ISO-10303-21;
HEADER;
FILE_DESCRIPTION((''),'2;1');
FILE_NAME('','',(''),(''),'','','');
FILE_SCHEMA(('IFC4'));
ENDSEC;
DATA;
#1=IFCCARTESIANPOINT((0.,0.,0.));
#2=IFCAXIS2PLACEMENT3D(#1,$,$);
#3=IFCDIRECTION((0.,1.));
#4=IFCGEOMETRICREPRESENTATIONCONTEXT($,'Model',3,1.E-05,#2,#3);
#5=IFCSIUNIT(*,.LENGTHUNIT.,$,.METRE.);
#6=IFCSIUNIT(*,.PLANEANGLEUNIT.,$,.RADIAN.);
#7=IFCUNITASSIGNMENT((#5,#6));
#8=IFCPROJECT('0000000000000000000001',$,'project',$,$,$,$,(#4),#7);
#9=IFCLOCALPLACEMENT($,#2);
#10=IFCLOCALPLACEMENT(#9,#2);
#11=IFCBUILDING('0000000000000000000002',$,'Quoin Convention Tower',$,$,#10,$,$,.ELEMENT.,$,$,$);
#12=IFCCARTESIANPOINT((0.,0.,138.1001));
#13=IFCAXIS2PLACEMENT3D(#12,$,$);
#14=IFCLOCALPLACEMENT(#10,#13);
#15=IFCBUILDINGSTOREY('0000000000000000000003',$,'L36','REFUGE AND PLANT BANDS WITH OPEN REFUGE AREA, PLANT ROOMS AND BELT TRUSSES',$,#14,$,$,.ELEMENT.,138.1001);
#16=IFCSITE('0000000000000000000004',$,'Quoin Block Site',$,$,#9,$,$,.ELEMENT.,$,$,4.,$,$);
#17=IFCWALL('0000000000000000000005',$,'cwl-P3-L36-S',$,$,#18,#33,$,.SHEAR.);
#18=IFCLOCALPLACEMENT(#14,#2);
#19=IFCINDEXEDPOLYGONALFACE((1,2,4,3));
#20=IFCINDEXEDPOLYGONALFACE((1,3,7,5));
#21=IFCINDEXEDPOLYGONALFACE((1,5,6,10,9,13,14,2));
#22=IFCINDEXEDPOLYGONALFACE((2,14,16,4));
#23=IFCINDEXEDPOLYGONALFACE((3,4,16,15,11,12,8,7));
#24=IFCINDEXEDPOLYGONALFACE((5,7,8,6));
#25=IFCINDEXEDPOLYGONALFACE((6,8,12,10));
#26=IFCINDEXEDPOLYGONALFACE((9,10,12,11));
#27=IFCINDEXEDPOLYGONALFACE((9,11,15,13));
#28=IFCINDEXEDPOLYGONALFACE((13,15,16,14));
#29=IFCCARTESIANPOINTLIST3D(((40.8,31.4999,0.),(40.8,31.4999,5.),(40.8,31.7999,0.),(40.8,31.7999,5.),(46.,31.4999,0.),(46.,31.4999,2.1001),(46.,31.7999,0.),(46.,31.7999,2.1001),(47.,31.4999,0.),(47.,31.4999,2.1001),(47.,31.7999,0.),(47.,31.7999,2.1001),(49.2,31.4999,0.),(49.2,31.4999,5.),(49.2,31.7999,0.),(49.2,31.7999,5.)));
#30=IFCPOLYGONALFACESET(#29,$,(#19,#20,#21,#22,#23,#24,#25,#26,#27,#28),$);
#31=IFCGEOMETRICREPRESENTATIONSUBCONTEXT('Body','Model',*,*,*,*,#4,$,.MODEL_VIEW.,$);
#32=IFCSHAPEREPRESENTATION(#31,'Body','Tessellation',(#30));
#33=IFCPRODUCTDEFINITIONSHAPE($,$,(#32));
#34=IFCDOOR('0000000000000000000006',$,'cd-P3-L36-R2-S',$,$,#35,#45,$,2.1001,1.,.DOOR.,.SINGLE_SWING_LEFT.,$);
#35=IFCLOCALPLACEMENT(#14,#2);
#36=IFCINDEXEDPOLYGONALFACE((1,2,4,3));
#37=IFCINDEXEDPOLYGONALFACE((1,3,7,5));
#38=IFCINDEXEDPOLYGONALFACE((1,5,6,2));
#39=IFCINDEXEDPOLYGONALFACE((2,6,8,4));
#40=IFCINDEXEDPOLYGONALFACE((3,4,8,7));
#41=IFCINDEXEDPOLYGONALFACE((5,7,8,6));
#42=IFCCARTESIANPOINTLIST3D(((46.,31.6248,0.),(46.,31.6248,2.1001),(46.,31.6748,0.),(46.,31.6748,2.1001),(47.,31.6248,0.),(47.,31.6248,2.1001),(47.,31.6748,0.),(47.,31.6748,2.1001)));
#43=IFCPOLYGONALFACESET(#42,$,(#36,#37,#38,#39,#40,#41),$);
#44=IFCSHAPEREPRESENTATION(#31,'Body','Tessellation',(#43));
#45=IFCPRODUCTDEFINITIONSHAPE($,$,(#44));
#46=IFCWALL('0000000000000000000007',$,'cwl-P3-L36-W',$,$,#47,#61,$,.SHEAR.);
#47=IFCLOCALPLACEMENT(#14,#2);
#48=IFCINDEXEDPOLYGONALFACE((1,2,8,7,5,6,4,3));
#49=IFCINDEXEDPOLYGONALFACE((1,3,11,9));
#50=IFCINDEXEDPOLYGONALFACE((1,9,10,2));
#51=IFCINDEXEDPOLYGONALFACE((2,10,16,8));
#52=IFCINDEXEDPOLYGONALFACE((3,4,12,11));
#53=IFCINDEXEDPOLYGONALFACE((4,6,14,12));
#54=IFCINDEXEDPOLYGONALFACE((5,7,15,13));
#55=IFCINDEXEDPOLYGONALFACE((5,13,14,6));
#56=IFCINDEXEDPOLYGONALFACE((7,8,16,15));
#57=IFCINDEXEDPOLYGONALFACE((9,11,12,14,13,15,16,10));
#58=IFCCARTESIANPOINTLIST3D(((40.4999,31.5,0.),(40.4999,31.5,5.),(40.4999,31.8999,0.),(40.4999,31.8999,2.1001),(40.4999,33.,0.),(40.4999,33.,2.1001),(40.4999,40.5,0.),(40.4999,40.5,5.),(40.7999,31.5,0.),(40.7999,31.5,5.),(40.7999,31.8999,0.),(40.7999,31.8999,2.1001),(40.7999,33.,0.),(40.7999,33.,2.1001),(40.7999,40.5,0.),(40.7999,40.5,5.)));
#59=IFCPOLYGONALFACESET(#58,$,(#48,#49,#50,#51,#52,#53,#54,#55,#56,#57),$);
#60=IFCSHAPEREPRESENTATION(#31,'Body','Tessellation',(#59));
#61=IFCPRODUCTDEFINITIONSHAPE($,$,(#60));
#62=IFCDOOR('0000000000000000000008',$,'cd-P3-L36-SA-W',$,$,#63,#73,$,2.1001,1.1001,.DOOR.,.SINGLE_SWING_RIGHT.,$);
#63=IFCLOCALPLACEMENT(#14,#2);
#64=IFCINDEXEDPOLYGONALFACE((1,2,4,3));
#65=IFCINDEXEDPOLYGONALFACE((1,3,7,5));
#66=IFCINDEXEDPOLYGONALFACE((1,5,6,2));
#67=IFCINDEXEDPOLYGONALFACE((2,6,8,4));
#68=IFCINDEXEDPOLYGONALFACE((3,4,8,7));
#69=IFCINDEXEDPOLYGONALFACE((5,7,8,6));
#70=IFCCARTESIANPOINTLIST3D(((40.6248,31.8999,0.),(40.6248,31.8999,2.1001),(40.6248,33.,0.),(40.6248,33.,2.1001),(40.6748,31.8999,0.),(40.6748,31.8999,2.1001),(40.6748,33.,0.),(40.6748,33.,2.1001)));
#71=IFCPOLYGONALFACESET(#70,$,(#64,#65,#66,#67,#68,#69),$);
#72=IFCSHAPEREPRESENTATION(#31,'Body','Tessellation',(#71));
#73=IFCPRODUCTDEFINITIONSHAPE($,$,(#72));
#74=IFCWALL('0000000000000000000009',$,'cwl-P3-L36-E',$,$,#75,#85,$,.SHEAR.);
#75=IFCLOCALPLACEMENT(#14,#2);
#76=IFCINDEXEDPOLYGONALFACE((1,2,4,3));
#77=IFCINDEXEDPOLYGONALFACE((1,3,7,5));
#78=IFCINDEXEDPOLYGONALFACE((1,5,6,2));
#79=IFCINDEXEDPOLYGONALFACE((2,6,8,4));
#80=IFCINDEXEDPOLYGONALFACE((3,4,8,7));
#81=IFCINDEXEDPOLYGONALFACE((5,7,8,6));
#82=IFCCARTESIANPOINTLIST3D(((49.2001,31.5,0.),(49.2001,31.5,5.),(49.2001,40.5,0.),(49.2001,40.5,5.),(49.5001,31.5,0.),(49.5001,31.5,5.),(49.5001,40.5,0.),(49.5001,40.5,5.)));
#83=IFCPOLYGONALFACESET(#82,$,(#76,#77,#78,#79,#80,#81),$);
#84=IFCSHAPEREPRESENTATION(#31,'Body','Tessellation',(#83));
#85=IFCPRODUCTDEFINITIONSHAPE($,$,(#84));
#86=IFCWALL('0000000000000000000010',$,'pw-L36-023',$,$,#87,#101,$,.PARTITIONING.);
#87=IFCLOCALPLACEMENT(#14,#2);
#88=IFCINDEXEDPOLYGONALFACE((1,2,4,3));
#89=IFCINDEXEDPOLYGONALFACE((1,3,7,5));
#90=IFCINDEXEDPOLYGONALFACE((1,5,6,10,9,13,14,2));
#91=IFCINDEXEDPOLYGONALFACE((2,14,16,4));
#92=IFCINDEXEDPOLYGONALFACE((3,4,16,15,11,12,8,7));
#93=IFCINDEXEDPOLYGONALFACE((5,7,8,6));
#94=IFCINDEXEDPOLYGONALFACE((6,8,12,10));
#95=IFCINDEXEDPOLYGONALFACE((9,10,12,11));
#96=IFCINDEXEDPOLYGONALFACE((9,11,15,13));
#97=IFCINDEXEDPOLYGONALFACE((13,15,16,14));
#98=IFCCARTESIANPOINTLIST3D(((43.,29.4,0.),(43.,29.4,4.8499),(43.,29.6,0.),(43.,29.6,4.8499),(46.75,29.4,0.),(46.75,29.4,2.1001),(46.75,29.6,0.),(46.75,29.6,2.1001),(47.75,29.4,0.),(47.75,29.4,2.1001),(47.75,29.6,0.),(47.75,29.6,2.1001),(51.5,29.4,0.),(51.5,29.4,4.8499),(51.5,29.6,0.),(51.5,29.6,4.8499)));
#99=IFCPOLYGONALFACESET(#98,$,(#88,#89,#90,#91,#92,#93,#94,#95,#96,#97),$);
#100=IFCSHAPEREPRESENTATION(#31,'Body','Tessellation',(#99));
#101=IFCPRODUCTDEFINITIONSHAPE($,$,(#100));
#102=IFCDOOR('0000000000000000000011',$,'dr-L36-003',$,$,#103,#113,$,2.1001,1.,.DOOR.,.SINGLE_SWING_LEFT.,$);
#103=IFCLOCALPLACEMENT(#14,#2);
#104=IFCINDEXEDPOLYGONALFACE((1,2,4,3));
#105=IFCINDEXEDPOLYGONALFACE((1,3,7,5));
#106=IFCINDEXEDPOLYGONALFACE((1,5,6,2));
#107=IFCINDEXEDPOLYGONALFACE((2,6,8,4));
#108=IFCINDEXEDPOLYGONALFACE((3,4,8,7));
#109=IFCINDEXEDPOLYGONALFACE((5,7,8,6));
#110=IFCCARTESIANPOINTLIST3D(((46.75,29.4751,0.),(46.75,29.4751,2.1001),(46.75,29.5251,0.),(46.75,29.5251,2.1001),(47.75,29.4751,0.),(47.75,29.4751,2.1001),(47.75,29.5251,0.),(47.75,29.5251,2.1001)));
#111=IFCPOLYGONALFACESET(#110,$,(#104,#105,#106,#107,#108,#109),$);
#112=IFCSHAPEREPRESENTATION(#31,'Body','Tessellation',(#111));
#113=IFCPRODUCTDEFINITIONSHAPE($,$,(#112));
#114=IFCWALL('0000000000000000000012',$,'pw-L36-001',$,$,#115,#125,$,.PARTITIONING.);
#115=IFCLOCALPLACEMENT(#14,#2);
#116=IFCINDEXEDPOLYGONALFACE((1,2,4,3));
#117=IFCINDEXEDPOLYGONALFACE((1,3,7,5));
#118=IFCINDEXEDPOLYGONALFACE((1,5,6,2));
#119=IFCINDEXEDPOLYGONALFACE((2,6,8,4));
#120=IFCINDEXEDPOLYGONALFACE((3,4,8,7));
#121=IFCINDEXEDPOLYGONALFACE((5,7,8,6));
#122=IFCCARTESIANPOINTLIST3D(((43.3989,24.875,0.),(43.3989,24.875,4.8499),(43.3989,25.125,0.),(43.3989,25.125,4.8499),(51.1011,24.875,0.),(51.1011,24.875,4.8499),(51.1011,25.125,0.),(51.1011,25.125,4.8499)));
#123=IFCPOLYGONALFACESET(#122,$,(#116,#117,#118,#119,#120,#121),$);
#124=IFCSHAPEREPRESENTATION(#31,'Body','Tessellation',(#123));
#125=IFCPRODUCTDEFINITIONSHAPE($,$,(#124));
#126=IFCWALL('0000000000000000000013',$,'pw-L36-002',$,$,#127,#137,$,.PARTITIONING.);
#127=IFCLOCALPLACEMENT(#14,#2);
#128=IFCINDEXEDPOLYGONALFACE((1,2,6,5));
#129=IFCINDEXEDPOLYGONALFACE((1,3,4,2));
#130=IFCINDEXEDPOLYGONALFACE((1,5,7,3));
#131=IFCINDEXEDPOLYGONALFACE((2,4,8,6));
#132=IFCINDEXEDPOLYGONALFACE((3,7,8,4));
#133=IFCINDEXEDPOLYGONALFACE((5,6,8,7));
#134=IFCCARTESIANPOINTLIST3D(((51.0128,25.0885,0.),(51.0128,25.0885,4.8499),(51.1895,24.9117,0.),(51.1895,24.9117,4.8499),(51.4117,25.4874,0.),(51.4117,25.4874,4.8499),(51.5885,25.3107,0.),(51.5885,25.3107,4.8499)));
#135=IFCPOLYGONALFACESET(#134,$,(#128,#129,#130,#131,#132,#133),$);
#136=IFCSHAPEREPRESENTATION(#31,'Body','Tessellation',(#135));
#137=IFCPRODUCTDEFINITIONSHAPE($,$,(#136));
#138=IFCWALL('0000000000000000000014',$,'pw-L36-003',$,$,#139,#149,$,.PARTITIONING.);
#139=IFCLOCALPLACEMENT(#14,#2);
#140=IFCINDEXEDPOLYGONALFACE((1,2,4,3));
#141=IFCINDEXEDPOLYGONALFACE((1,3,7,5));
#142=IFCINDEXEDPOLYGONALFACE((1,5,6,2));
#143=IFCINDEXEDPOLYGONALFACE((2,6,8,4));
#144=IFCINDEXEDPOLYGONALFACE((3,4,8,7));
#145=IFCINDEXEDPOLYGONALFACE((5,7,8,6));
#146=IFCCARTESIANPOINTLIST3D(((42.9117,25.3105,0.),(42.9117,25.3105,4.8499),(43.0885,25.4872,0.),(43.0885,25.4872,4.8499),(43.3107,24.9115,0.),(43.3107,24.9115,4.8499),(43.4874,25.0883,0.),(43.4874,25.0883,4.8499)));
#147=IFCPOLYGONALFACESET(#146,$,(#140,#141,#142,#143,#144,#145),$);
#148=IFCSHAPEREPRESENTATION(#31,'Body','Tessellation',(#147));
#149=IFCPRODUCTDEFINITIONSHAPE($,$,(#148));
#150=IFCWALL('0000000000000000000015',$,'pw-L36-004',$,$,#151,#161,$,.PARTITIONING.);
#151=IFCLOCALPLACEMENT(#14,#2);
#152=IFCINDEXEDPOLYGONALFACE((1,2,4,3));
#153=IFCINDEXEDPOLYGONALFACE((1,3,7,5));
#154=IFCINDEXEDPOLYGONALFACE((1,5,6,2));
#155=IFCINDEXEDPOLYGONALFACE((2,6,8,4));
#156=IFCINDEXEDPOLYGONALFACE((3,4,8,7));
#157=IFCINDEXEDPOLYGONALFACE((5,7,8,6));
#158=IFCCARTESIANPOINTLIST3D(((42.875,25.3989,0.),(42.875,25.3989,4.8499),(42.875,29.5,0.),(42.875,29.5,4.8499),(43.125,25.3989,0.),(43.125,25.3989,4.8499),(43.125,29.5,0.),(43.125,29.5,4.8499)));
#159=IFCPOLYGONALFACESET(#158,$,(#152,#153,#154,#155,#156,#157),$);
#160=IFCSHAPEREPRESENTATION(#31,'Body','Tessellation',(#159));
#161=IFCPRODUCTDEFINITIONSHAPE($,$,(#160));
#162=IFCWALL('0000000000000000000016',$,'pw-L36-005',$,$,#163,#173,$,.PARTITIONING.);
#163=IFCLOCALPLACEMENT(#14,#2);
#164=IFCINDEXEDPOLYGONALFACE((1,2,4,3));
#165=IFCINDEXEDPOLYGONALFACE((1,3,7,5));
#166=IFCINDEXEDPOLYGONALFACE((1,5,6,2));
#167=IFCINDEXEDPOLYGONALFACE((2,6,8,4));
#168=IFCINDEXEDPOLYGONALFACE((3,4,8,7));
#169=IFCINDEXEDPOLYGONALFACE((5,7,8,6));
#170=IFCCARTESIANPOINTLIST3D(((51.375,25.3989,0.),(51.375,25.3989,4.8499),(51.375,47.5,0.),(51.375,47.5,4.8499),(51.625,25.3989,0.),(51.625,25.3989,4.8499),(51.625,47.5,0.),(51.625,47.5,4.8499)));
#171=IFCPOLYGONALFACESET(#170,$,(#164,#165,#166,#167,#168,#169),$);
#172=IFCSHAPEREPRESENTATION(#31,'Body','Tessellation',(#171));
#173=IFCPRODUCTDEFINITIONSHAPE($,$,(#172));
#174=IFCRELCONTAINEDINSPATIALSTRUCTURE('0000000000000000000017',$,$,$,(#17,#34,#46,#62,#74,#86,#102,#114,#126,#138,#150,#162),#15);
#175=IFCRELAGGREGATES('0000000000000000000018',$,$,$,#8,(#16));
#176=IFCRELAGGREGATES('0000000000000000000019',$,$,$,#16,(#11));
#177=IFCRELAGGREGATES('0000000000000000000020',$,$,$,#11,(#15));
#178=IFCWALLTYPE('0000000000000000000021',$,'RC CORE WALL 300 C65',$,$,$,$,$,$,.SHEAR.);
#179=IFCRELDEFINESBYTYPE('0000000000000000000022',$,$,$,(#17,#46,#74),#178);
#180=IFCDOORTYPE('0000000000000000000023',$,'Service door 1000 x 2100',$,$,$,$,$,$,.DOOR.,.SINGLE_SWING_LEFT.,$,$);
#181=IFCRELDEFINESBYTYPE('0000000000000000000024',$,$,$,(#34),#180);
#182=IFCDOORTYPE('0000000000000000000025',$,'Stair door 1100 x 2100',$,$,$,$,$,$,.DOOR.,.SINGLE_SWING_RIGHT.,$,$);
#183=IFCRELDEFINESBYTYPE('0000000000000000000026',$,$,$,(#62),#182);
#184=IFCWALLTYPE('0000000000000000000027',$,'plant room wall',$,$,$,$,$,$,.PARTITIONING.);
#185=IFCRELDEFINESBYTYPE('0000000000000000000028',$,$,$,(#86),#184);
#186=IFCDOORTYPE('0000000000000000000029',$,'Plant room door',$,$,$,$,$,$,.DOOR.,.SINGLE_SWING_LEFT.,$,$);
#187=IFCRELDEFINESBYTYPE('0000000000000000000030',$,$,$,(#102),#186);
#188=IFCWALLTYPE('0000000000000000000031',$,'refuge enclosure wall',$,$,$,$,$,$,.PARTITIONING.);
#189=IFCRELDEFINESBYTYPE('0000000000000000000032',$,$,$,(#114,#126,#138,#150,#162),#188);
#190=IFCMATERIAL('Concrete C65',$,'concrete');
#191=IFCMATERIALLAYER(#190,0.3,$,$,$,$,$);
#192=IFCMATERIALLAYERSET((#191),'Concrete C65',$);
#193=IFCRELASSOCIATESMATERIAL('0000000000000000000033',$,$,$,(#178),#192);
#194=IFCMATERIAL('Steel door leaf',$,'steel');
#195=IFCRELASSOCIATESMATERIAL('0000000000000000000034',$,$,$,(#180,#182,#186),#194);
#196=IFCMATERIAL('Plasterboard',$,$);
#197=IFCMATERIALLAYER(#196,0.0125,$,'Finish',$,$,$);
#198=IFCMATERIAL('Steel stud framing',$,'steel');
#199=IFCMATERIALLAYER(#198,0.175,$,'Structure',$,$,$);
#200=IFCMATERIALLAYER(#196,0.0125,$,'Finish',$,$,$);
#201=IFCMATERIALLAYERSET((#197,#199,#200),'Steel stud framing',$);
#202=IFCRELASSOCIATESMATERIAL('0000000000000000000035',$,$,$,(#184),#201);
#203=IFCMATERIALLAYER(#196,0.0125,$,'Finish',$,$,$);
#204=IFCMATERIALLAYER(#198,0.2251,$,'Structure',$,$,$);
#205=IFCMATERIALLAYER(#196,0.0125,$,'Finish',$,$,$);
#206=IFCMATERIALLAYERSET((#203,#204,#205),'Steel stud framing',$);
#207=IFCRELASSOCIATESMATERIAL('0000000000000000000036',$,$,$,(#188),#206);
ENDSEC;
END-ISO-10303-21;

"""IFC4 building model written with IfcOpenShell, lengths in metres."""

from ifc_helpers import new_model, si_unit, direction, frame, frame_2d, origin, place, context, subcontext, project, spatial, rectangle, extrude, material, layer, layer_set, type_object, element, fill, save


model = new_model("IFC4")

# Units and contexts
model_context = context("Model", 3, precision=1e-05, world=origin(), true_north=direction((0.0, 1.0)))
body_context = subcontext(model_context, "Body", "Model", "MODEL_VIEW")
ifc_project = project(units=[si_unit("LENGTHUNIT", "METRE"), si_unit("PLANEANGLEUNIT", "RADIAN")], contexts=[model_context])

# Site, building, storey
site_placement = place(None, origin())
site = spatial("IfcSite", under=ifc_project, at=site_placement, Name="Quoin Block Site", CompositionType="ELEMENT", RefElevation=4.0)
building_placement = place(site_placement, origin())
building = spatial("IfcBuilding", under=site, at=building_placement, Name="Quoin Convention Tower", CompositionType="ELEMENT")
storey_placement = place(building_placement, frame((0.0, 0.0, 138.1001)))
storey = spatial("IfcBuildingStorey", under=building, at=storey_placement, Name="L36", Description="REFUGE AND PLANT BANDS WITH OPEN REFUGE AREA, PLANT ROOMS AND BELT TRUSSES", CompositionType="ELEMENT", Elevation=138.1001)

# Shared definitions
ifc_material_1 = material(Name="Concrete C65", Category="concrete")

# Walls, openings, doors
ifc_layer_1 = layer(ifc_material_1, 0.3)
ifc_layer_set_1 = layer_set([ifc_layer_1], Name="Concrete C65")
wall_type_1 = type_object("IfcWallType", Name="RC CORE WALL 300 C65", PredefinedType="SHEAR", material=ifc_layer_set_1)
wall_1_placement = place(storey_placement, frame((40.8, 31.6499, 0.0), z_axis=(0.0, 0.0, 1.0), x_axis=(1.0, 0.0, 0.0)))
wall_1 = element("IfcWall", 1, at=wall_1_placement, inside=storey, type_object=wall_type_1, Name="cwl-P3-L36-S", PredefinedType="SHEAR", context=body_context, shape_type="SweptSolid", body=[
    extrude(rectangle(XDim=8.3999, YDim=0.3, at=frame_2d((4.2, 0.0))), origin(), (0.0, 0.0, 1.0), 5.0),
])
opening_1_placement = place(wall_1_placement, frame((5.2, 0.0, 0.0)))
opening_1 = element("IfcOpeningElement", 2, at=opening_1_placement, cuts=wall_1, PredefinedType="OPENING", context=body_context, shape_type="SweptSolid", body=[
    extrude(rectangle(XDim=1.0, YDim=2.1001, at=frame_2d((0.5, 1.05))), frame((0.0, 0.1599, 0.0), z_axis=(0.0, -1.0, 0.0), x_axis=(1.0, 0.0, 0.0)), (0.0, 0.0, 1.0), 0.3201),
])
ifc_material_2 = material(Name="Steel door leaf", Category="steel")
door_type_1 = type_object("IfcDoorType", Name="Service door 1000 x 2100", OperationType="SINGLE_SWING_LEFT", PredefinedType="DOOR", material=ifc_material_2)
door_1_placement = place(opening_1_placement, origin())
door_1 = element("IfcDoor", 3, at=door_1_placement, inside=storey, type_object=door_type_1, Name="cd-P3-L36-R2-S", OperationType="SINGLE_SWING_LEFT", OverallHeight=2.1001, OverallWidth=1.0, PredefinedType="DOOR", context=body_context, shape_type="SweptSolid", body=[
    extrude(rectangle(XDim=1.0, YDim=2.1001, at=frame_2d((0.5, 1.05))), frame((0.0, 0.0249, 0.0), z_axis=(0.0, -1.0, 0.0), x_axis=(1.0, 0.0, 0.0)), (0.0, 0.0, 1.0), 0.05),
])
fill(opening_1, door_1)
wall_2_placement = place(storey_placement, frame((40.6499, 31.5, 0.0), z_axis=(0.0, 0.0, 1.0), x_axis=(0.0, 1.0, 0.0)))
wall_2 = element("IfcWall", 4, at=wall_2_placement, inside=storey, type_object=wall_type_1, Name="cwl-P3-L36-W", PredefinedType="SHEAR", context=body_context, shape_type="SweptSolid", body=[
    extrude(rectangle(XDim=9.0, YDim=0.3, at=frame_2d((4.5, 0.0))), origin(), (0.0, 0.0, 1.0), 5.0),
])
opening_2_placement = place(wall_2_placement, frame((0.3999, 0.0, 0.0)))
opening_2 = element("IfcOpeningElement", 5, at=opening_2_placement, cuts=wall_2, PredefinedType="OPENING", context=body_context, shape_type="SweptSolid", body=[
    extrude(rectangle(XDim=1.1001, YDim=2.1001, at=frame_2d((0.55, 1.05))), frame((0.0, 0.1599, 0.0), z_axis=(0.0, -1.0, 0.0), x_axis=(1.0, 0.0, 0.0)), (0.0, 0.0, 1.0), 0.3201),
])
door_type_2 = type_object("IfcDoorType", Name="Stair door 1100 x 2100", OperationType="SINGLE_SWING_RIGHT", PredefinedType="DOOR", material=ifc_material_2)
door_2_placement = place(opening_2_placement, frame((1.1001, 0.0, 0.0), z_axis=(0.0, 0.0, 1.0), x_axis=(-1.0, 0.0, 0.0)))
door_2 = element("IfcDoor", 6, at=door_2_placement, inside=storey, type_object=door_type_2, Name="cd-P3-L36-SA-W", OperationType="SINGLE_SWING_RIGHT", OverallHeight=2.1001, OverallWidth=1.1001, PredefinedType="DOOR", context=body_context, shape_type="SweptSolid", body=[
    extrude(rectangle(XDim=1.1001, YDim=2.1001, at=frame_2d((0.55, 1.05))), frame((0.0, 0.0249, 0.0), z_axis=(0.0, -1.0, 0.0), x_axis=(1.0, 0.0, 0.0)), (0.0, 0.0, 1.0), 0.05),
])
fill(opening_2, door_2)

# Wall
wall_3_placement = place(storey_placement, frame((49.3501, 31.5, 0.0), z_axis=(0.0, 0.0, 1.0), x_axis=(0.0, 1.0, 0.0)))
element("IfcWall", 7, at=wall_3_placement, inside=storey, type_object=wall_type_1, Name="cwl-P3-L36-E", PredefinedType="SHEAR", context=body_context, shape_type="SweptSolid", body=[
    extrude(rectangle(XDim=9.0, YDim=0.3, at=frame_2d((4.5, 0.0))), origin(), (0.0, 0.0, 1.0), 5.0),
])

# Wall, opening, door
ifc_material_3 = material(Name="Plasterboard")
ifc_layer_2 = layer(ifc_material_3, 0.0125, Name="Finish")
ifc_material_4 = material(Name="Steel stud framing", Category="steel")
ifc_layer_3 = layer(ifc_material_4, 0.175, Name="Structure")
ifc_layer_4 = layer(ifc_material_3, 0.0125, Name="Finish")
ifc_layer_set_2 = layer_set([ifc_layer_2, ifc_layer_3, ifc_layer_4], Name="Steel stud framing")
wall_type_2 = type_object("IfcWallType", Name="plant room wall", PredefinedType="PARTITIONING", material=ifc_layer_set_2)
wall_4_placement = place(storey_placement, frame((43.0, 29.5, 0.0), z_axis=(0.0, 0.0, 1.0), x_axis=(1.0, 0.0, 0.0)))
wall_4 = element("IfcWall", 8, at=wall_4_placement, inside=storey, type_object=wall_type_2, Name="pw-L36-023", PredefinedType="PARTITIONING", context=body_context, shape_type="SweptSolid", body=[
    extrude(rectangle(XDim=8.5, YDim=0.2, at=frame_2d((4.25, 0.0))), origin(), (0.0, 0.0, 1.0), 4.8499),
])
opening_3_placement = place(wall_4_placement, frame((3.75, 0.0, 0.0)))
opening_3 = element("IfcOpeningElement", 9, at=opening_3_placement, cuts=wall_4, PredefinedType="OPENING", context=body_context, shape_type="SweptSolid", body=[
    extrude(rectangle(XDim=1.0, YDim=2.1001, at=frame_2d((0.5, 1.05))), frame((0.0, 0.1099, 0.0), z_axis=(0.0, -1.0, 0.0), x_axis=(1.0, 0.0, 0.0)), (0.0, 0.0, 1.0), 0.22),
])
door_type_3 = type_object("IfcDoorType", Name="Plant room door", OperationType="SINGLE_SWING_LEFT", PredefinedType="DOOR", material=ifc_material_2)
door_3_placement = place(opening_3_placement, frame((1.0, 0.0, 0.0), z_axis=(0.0, 0.0, 1.0), x_axis=(-1.0, 0.0, 0.0)))
door_3 = element("IfcDoor", 10, at=door_3_placement, inside=storey, type_object=door_type_3, Name="dr-L36-003", OperationType="SINGLE_SWING_LEFT", OverallHeight=2.1001, OverallWidth=1.0, PredefinedType="DOOR", context=body_context, shape_type="SweptSolid", body=[
    extrude(rectangle(XDim=1.0, YDim=2.1001, at=frame_2d((0.5, 1.05))), frame((0.0, 0.0249, 0.0), z_axis=(0.0, -1.0, 0.0), x_axis=(1.0, 0.0, 0.0)), (0.0, 0.0, 1.0), 0.05),
])
fill(opening_3, door_3)

# Walls
ifc_layer_5 = layer(ifc_material_3, 0.0125, Name="Finish")
ifc_layer_6 = layer(ifc_material_4, 0.2251, Name="Structure")
ifc_layer_7 = layer(ifc_material_3, 0.0125, Name="Finish")
ifc_layer_set_3 = layer_set([ifc_layer_5, ifc_layer_6, ifc_layer_7], Name="Steel stud framing")
wall_type_3 = type_object("IfcWallType", Name="refuge enclosure wall", PredefinedType="PARTITIONING", material=ifc_layer_set_3)
wall_5_placement = place(storey_placement, frame((43.3989, 25.0, 0.0), z_axis=(0.0, 0.0, 1.0), x_axis=(1.0, 0.0, 0.0)))
element("IfcWall", 11, at=wall_5_placement, inside=storey, type_object=wall_type_3, Name="pw-L36-001", PredefinedType="PARTITIONING", context=body_context, shape_type="SweptSolid", body=[
    extrude(rectangle(XDim=7.7021, YDim=0.25, at=frame_2d((3.8511, 0.0))), origin(), (0.0, 0.0, 1.0), 4.8499),
])
for number, where, z_axis, x_axis, name in (
    (12, (51.1011, 25.0, 0.0), (0.0, 0.0, 1.0), (0.707107, 0.707107, 0.0), "pw-L36-002"),
    (13, (43.0, 25.3989, 0.0), (0.0, 0.0, 1.0), (0.707107, -0.707107, 0.0), "pw-L36-003"),
):
    element("IfcWall", number, at=place(storey_placement, frame(where, z_axis=z_axis, x_axis=x_axis)), inside=storey, type_object=wall_type_3, Name=name, PredefinedType="PARTITIONING", context=body_context, shape_type="SweptSolid", body=[
        extrude(rectangle(XDim=0.5642, YDim=0.25, at=frame_2d((0.2822, 0.0))), origin(), (0.0, 0.0, 1.0), 4.8499),
    ])
wall_6_placement = place(storey_placement, frame((43.0, 25.3989, 0.0), z_axis=(0.0, 0.0, 1.0), x_axis=(0.0, 1.0, 0.0)))
element("IfcWall", 14, at=wall_6_placement, inside=storey, type_object=wall_type_3, Name="pw-L36-004", PredefinedType="PARTITIONING", context=body_context, shape_type="SweptSolid", body=[
    extrude(rectangle(XDim=4.1011, YDim=0.25, at=frame_2d((2.0505, 0.0))), origin(), (0.0, 0.0, 1.0), 4.8499),
])
wall_7_placement = place(storey_placement, frame((51.5, 25.3989, 0.0), z_axis=(0.0, 0.0, 1.0), x_axis=(0.0, 1.0, 0.0)))
element("IfcWall", 15, at=wall_7_placement, inside=storey, type_object=wall_type_3, Name="pw-L36-005", PredefinedType="PARTITIONING", context=body_context, shape_type="SweptSolid", body=[
    extrude(rectangle(XDim=22.1011, YDim=0.25, at=frame_2d((11.0505, 0.0))), origin(), (0.0, 0.0, 1.0), 4.8499),
])

save(model, "model.ifc")
